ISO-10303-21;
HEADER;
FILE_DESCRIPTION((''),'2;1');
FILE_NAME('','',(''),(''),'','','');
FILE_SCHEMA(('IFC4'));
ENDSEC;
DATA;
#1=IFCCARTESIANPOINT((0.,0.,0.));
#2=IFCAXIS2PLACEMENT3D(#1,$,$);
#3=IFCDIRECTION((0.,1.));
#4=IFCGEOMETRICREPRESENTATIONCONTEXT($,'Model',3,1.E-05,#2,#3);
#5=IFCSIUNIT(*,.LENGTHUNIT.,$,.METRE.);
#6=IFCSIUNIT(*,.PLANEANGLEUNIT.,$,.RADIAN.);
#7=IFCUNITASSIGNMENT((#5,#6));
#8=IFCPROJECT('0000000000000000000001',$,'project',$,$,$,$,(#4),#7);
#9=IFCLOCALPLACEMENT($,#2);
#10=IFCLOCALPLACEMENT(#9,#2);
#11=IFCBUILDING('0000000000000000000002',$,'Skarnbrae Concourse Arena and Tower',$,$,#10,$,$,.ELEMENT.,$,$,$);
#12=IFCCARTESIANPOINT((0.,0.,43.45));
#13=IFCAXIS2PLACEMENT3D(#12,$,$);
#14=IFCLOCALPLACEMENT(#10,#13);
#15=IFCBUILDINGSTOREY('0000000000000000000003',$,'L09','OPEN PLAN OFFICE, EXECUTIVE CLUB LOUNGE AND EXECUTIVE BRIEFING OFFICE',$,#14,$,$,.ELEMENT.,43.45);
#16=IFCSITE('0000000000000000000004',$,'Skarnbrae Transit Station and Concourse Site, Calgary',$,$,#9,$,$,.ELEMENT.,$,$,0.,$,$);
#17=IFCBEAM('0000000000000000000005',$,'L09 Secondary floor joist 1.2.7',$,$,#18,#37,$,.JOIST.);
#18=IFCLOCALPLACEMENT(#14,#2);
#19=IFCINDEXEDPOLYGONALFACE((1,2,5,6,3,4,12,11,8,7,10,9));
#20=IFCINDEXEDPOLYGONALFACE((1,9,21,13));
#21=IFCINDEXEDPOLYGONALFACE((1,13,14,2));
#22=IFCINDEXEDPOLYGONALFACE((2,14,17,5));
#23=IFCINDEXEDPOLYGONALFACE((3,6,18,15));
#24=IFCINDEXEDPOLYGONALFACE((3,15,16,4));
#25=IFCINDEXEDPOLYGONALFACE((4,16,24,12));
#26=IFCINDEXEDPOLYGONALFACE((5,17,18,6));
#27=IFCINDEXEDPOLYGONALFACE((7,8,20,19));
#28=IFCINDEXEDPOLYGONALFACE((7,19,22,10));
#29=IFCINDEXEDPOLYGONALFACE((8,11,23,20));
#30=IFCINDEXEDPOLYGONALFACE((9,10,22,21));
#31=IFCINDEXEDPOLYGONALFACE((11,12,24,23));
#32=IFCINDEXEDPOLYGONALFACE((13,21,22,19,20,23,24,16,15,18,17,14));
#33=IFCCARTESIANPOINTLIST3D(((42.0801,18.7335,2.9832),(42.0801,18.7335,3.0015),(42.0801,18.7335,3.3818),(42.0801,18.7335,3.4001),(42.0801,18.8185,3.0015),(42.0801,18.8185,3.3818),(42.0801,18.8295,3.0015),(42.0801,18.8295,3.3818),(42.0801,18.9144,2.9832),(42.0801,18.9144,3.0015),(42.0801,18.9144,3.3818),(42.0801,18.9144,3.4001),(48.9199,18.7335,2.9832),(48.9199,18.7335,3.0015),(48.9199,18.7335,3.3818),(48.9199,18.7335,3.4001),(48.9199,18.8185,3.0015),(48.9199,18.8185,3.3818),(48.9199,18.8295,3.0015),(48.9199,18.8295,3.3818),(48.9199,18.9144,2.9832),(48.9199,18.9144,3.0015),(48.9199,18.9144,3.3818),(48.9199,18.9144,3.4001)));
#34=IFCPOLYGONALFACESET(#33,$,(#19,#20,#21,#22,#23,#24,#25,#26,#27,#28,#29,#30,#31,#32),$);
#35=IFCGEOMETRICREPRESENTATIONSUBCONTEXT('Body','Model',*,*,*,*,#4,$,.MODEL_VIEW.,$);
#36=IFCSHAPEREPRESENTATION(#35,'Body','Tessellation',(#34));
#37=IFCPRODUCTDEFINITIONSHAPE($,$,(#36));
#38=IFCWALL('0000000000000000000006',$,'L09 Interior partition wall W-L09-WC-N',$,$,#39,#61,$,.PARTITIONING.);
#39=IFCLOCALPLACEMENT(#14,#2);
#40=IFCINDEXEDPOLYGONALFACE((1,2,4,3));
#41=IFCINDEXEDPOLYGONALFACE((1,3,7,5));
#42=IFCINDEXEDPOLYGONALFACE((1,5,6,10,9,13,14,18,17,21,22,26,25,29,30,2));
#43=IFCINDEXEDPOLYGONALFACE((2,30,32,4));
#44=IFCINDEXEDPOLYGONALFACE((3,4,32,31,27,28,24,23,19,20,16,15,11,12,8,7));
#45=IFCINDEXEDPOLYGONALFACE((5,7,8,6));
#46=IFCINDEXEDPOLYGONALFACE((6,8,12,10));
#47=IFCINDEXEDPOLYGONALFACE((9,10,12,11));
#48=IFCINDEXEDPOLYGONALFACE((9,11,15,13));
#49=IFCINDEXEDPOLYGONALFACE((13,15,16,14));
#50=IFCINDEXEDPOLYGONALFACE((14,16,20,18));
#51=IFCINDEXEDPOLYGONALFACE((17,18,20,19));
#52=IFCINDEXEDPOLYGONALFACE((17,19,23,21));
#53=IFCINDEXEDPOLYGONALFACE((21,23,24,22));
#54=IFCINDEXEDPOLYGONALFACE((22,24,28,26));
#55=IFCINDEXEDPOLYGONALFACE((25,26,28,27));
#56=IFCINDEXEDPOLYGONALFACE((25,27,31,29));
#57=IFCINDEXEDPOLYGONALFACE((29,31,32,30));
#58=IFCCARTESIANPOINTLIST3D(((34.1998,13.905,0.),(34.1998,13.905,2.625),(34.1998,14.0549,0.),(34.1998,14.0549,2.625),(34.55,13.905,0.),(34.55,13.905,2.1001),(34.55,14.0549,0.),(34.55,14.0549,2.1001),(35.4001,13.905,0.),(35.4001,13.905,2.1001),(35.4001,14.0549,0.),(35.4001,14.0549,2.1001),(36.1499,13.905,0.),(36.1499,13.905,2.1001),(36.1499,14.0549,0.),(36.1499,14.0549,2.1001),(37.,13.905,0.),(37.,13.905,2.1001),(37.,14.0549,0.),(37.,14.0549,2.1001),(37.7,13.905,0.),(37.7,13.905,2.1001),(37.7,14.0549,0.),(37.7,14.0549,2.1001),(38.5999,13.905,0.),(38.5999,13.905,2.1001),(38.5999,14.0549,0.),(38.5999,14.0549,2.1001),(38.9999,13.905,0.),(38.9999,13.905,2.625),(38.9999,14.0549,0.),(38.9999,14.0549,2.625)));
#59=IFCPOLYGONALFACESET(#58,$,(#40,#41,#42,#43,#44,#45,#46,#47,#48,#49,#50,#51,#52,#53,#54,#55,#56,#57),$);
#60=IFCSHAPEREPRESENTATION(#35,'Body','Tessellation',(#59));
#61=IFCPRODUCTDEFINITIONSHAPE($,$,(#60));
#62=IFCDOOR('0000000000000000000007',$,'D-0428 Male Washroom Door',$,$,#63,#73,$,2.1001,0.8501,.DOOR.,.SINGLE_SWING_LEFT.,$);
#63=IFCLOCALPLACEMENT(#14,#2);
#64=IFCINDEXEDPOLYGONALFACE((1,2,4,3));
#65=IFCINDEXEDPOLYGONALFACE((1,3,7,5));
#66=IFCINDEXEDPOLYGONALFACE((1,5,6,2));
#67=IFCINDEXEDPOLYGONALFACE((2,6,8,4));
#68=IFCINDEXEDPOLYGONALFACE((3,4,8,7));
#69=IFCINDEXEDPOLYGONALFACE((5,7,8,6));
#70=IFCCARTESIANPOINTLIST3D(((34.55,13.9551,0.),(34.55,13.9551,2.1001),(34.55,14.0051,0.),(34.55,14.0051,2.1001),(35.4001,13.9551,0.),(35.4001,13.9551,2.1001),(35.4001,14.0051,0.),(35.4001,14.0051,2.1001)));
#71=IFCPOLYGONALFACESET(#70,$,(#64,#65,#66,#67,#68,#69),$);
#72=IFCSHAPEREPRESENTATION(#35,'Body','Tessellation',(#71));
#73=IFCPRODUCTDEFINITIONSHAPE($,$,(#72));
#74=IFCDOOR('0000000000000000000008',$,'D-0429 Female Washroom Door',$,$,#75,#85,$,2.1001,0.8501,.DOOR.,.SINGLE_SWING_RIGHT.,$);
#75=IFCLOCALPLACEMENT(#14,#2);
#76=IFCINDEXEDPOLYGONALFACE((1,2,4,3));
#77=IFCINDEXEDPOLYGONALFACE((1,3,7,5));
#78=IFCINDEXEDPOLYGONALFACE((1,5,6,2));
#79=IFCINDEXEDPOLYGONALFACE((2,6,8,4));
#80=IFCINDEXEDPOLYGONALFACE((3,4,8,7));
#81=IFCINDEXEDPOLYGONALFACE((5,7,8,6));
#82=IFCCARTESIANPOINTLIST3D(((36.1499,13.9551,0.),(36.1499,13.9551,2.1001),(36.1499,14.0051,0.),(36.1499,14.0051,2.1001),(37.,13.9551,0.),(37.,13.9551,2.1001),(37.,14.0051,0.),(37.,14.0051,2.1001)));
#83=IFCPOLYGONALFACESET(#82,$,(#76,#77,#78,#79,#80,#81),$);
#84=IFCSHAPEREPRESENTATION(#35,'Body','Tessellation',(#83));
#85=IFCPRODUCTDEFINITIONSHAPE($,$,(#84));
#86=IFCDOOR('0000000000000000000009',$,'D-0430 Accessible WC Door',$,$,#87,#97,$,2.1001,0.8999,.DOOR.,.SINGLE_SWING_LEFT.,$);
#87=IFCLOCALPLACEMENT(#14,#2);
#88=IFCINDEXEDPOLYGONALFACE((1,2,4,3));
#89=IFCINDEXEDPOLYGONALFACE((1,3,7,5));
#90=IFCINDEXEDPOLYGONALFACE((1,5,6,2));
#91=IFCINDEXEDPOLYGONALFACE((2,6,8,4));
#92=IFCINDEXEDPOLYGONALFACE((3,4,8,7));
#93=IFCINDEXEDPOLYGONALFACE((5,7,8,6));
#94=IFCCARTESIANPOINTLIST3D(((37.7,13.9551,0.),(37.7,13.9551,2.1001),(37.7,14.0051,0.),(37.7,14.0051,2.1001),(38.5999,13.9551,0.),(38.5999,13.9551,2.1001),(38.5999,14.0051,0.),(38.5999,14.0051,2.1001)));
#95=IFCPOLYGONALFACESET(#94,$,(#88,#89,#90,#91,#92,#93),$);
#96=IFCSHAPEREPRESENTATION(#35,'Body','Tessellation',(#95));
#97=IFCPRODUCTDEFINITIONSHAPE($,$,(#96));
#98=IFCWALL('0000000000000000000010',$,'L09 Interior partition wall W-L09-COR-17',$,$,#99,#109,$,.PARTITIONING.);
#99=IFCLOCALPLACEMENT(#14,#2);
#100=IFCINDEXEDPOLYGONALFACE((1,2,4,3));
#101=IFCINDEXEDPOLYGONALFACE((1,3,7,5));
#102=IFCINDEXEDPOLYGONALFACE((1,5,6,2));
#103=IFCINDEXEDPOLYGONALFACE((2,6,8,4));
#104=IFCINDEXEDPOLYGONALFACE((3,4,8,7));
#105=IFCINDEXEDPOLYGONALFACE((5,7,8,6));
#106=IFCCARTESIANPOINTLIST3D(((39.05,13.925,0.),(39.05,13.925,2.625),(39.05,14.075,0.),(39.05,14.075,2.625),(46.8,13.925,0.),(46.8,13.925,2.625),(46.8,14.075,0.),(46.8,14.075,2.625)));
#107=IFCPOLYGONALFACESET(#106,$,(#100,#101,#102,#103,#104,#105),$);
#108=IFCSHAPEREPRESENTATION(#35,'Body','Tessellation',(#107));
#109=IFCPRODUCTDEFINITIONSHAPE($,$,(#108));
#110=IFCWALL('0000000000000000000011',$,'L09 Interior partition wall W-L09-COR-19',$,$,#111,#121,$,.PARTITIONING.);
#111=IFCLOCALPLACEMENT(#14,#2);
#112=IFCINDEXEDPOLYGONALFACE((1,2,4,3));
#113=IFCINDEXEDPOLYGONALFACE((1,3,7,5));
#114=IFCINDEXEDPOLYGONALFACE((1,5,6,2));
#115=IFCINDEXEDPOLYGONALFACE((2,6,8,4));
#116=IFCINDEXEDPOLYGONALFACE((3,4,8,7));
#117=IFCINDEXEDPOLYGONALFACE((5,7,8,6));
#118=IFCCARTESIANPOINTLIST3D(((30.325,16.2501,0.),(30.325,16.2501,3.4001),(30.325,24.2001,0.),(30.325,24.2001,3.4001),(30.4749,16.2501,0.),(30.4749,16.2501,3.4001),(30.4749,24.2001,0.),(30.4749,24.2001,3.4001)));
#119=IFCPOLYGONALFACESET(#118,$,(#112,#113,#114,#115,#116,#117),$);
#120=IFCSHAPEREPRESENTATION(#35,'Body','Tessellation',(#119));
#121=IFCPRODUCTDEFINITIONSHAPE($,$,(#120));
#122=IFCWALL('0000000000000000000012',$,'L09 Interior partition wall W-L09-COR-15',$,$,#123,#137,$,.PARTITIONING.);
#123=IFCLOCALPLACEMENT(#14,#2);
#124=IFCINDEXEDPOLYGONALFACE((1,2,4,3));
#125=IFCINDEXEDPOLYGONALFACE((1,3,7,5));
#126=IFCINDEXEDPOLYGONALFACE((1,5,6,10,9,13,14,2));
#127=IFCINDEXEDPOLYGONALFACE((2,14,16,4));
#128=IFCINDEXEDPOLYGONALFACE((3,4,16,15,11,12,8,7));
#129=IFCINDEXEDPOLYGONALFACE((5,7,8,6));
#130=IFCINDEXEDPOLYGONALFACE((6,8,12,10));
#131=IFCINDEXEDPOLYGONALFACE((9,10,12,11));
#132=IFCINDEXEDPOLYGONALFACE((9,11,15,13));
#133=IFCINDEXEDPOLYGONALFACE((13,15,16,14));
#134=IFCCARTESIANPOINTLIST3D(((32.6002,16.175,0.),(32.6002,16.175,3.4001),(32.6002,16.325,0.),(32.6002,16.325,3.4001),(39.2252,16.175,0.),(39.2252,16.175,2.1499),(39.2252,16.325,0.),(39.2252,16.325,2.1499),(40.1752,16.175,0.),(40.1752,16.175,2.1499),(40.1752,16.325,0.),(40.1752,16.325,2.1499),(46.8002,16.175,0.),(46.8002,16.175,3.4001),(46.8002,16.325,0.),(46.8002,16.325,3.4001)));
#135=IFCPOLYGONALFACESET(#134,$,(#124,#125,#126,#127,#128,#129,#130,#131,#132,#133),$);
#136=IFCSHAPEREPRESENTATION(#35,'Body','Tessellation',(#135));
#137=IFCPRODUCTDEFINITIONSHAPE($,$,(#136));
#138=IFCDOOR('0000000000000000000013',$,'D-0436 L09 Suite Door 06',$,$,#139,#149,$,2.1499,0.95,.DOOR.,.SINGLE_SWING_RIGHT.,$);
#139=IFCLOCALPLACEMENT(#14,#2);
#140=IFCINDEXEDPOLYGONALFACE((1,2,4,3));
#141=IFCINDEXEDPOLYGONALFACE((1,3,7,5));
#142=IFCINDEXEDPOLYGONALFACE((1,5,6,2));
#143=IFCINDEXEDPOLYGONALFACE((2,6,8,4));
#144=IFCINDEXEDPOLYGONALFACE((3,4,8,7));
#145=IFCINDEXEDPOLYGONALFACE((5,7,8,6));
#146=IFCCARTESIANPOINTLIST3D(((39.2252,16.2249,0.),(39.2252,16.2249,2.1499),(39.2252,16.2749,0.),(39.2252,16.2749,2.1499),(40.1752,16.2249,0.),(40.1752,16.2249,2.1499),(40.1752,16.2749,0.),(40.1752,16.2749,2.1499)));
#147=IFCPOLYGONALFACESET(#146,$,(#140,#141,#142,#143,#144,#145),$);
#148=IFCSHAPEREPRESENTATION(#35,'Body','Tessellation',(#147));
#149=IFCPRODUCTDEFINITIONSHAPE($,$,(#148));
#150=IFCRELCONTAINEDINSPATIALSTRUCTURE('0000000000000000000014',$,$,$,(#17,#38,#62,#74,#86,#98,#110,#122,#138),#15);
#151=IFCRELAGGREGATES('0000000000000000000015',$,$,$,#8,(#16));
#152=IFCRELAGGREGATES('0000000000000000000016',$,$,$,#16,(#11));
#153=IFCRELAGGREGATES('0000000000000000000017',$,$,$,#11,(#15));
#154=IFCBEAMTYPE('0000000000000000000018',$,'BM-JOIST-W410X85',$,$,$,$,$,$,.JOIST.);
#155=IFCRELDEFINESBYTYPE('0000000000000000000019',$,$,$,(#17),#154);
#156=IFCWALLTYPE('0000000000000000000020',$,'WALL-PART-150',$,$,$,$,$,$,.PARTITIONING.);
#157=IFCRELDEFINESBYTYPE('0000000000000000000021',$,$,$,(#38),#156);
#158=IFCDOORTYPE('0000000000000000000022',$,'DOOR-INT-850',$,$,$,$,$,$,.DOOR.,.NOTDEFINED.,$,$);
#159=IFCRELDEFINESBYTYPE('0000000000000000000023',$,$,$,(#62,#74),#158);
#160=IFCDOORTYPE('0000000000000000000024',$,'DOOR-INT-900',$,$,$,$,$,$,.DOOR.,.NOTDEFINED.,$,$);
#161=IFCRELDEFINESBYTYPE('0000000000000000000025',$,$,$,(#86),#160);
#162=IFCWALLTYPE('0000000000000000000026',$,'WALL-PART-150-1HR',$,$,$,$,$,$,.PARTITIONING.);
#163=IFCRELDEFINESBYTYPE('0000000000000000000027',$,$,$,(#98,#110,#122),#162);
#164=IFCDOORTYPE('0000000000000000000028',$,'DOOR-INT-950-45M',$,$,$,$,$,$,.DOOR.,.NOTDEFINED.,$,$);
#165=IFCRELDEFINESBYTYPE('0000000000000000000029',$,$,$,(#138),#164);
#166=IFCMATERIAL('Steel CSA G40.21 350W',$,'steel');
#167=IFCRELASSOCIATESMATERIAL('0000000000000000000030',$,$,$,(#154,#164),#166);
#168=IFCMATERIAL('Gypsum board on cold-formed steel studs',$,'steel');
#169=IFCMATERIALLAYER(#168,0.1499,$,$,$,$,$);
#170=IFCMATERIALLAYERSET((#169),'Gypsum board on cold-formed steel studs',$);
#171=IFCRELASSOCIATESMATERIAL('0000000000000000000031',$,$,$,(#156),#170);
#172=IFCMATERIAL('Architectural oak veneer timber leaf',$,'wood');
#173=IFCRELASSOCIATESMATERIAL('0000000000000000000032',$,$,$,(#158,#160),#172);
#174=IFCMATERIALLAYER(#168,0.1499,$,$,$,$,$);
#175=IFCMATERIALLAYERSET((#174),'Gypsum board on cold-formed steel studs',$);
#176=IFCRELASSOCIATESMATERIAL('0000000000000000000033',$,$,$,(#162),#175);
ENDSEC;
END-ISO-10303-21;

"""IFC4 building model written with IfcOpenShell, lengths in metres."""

from ifc_helpers import new_model, si_unit, direction, frame, frame_2d, origin, origin_2d, place, context, subcontext, project, spatial, rectangle, i_section, extrude, source, transform, mapped, material, layer, layer_set, material_profile, profile_set, type_object, element, fill, save


model = new_model("IFC4")

# Units and contexts
model_context = context("Model", 3, precision=1e-05, world=origin(), true_north=direction((0.0, 1.0)))
body_context = subcontext(model_context, "Body", "Model", "MODEL_VIEW")
ifc_project = project(units=[si_unit("LENGTHUNIT", "METRE"), si_unit("PLANEANGLEUNIT", "RADIAN")], contexts=[model_context])

# Site, building, storey
site_placement = place(None, origin())
site = spatial("IfcSite", under=ifc_project, at=site_placement, Name="Skarnbrae Transit Station and Concourse Site, Calgary", CompositionType="ELEMENT", RefElevation=0.0)
building_placement = place(site_placement, origin())
building = spatial("IfcBuilding", under=site, at=building_placement, Name="Skarnbrae Concourse Arena and Tower", CompositionType="ELEMENT")
storey_placement = place(building_placement, frame((0.0, 0.0, 43.45)))
storey = spatial("IfcBuildingStorey", under=building, at=storey_placement, Name="L09", Description="OPEN PLAN OFFICE, EXECUTIVE CLUB LOUNGE AND EXECUTIVE BRIEFING OFFICE", CompositionType="ELEMENT", Elevation=43.45)

# Shared definitions
ifc_material_1 = material(Name="Steel CSA G40.21 350W", Category="steel")

# Beam
ifc_material_profile_1 = material_profile(ifc_material_1, i_section(OverallWidth=0.1809, OverallDepth=0.417, WebThickness=0.011, FlangeThickness=0.0183, at=origin_2d()), Name="W410X85")
ifc_profile_set_1 = profile_set([ifc_material_profile_1], Name="Steel CSA G40.21 350W")
beam_type_1 = type_object("IfcBeamType", Name="BM-JOIST-W410X85", PredefinedType="JOIST", material=ifc_profile_set_1)
shared_shape_1 = source(origin(), body_context, "Body", "SweptSolid", [
    extrude(i_section(OverallWidth=0.1809, OverallDepth=0.417, WebThickness=0.011, FlangeThickness=0.0183, at=origin_2d()), origin(), (0.0, 0.0, 1.0), 6.8398),
])
for number, where, z_axis, x_axis, name in (
    (1, (42.0801, 18.824, 3.1917), (1.0, 0.0, 0.0), (0.0, 1.0, 0.0), "L09 Secondary floor joist 1.2.7"),
):
    element("IfcBeam", number, at=place(storey_placement, frame(where, z_axis=z_axis, x_axis=x_axis)), inside=storey, type_object=beam_type_1, Name=name, PredefinedType="JOIST", context=body_context, shape_type="MappedRepresentation", body=[
        mapped(shared_shape_1, transform((0.0, 0.0, 0.0))),
    ])

# Wall, openings, doors
ifc_material_2 = material(Name="Gypsum board on cold-formed steel studs", Category="steel")
ifc_layer_1 = layer(ifc_material_2, 0.1499)
ifc_layer_set_1 = layer_set([ifc_layer_1], Name="Gypsum board on cold-formed steel studs")
wall_type_1 = type_object("IfcWallType", Name="WALL-PART-150", PredefinedType="PARTITIONING", material=ifc_layer_set_1)
shared_shape_2 = source(origin(), body_context, "Body", "SweptSolid", [
    extrude(rectangle(XDim=4.8, YDim=0.1499, at=frame_2d((2.3999, 0.0))), origin(), (0.0, 0.0, 1.0), 2.625),
])
wall_1_placement = place(storey_placement, frame((34.2, 13.98, 0.0), z_axis=(0.0, 0.0, 1.0), x_axis=(1.0, 0.0, 0.0)))
wall_1 = element("IfcWall", 2, at=wall_1_placement, inside=storey, type_object=wall_type_1, Name="L09 Interior partition wall W-L09-WC-N", PredefinedType="PARTITIONING", context=body_context, shape_type="MappedRepresentation", body=[
    mapped(shared_shape_2, transform((0.0, 0.0, 0.0))),
])
opening_1_placement = place(wall_1_placement, frame((0.3501, 0.0, 0.0)))
opening_1 = element("IfcOpeningElement", 3, at=opening_1_placement, cuts=wall_1, PredefinedType="OPENING", context=body_context, shape_type="SweptSolid", body=[
    extrude(rectangle(XDim=0.8501, YDim=2.1001, at=frame_2d((0.425, 1.05))), frame((0.0, 0.085, 0.0), z_axis=(0.0, -1.0, 0.0), x_axis=(1.0, 0.0, 0.0)), (0.0, 0.0, 1.0), 0.1699),
])
opening_2_placement = place(wall_1_placement, frame((1.95, 0.0, 0.0)))
opening_2 = element("IfcOpeningElement", 4, at=opening_2_placement, cuts=wall_1, PredefinedType="OPENING", context=body_context, shape_type="SweptSolid", body=[
    extrude(rectangle(XDim=0.8501, YDim=2.1001, at=frame_2d((0.425, 1.05))), frame((0.0, 0.085, 0.0), z_axis=(0.0, -1.0, 0.0), x_axis=(1.0, 0.0, 0.0)), (0.0, 0.0, 1.0), 0.1699),
])
opening_3_placement = place(wall_1_placement, frame((3.5, 0.0, 0.0)))
opening_3 = element("IfcOpeningElement", 5, at=opening_3_placement, cuts=wall_1, PredefinedType="OPENING", context=body_context, shape_type="SweptSolid", body=[
    extrude(rectangle(XDim=0.8999, YDim=2.1001, at=frame_2d((0.45, 1.05))), frame((0.0, 0.085, 0.0), z_axis=(0.0, -1.0, 0.0), x_axis=(1.0, 0.0, 0.0)), (0.0, 0.0, 1.0), 0.1699),
])
ifc_material_3 = material(Name="Architectural oak veneer timber leaf", Category="wood")
door_type_1 = type_object("IfcDoorType", Name="DOOR-INT-850", OperationType="NOTDEFINED", PredefinedType="DOOR", material=ifc_material_3)
shared_shape_3 = source(origin(), body_context, "Body", "SweptSolid", [
    extrude(rectangle(XDim=0.8501, YDim=2.1001, at=frame_2d((0.425, 1.05))), frame((0.0, 0.0249, 0.0), z_axis=(0.0, -1.0, 0.0), x_axis=(1.0, 0.0, 0.0)), (0.0, 0.0, 1.0), 0.05),
])
door_1_placement = place(opening_1_placement, frame((0.8501, 0.0, 0.0), z_axis=(0.0, 0.0, 1.0), x_axis=(-1.0, 0.0, 0.0)))
door_1 = element("IfcDoor", 6, at=door_1_placement, inside=storey, type_object=door_type_1, Name="D-0428 Male Washroom Door", OperationType="SINGLE_SWING_LEFT", OverallHeight=2.1001, OverallWidth=0.8501, PredefinedType="DOOR", context=body_context, shape_type="MappedRepresentation", body=[
    mapped(shared_shape_3, transform((0.0, 0.0, 0.0))),
])
fill(opening_1, door_1)
door_2_placement = place(opening_2_placement, frame((0.8501, 0.0, 0.0), z_axis=(0.0, 0.0, 1.0), x_axis=(-1.0, 0.0, 0.0)))
door_2 = element("IfcDoor", 7, at=door_2_placement, inside=storey, type_object=door_type_1, Name="D-0429 Female Washroom Door", OperationType="SINGLE_SWING_RIGHT", OverallHeight=2.1001, OverallWidth=0.8501, PredefinedType="DOOR", context=body_context, shape_type="MappedRepresentation", body=[
    mapped(shared_shape_3, transform((0.0, 0.0, 0.0))),
])
fill(opening_2, door_2)
door_type_2 = type_object("IfcDoorType", Name="DOOR-INT-900", OperationType="NOTDEFINED", PredefinedType="DOOR", material=ifc_material_3)
shared_shape_4 = source(origin(), body_context, "Body", "SweptSolid", [
    extrude(rectangle(XDim=0.8999, YDim=2.1001, at=frame_2d((0.45, 1.05))), frame((0.0, 0.0249, 0.0), z_axis=(0.0, -1.0, 0.0), x_axis=(1.0, 0.0, 0.0)), (0.0, 0.0, 1.0), 0.05),
])
door_3_placement = place(opening_3_placement, frame((0.8999, 0.0, 0.0), z_axis=(0.0, 0.0, 1.0), x_axis=(-1.0, 0.0, 0.0)))
door_3 = element("IfcDoor", 8, at=door_3_placement, inside=storey, type_object=door_type_2, Name="D-0430 Accessible WC Door", OperationType="SINGLE_SWING_LEFT", OverallHeight=2.1001, OverallWidth=0.8999, PredefinedType="DOOR", context=body_context, shape_type="MappedRepresentation", body=[
    mapped(shared_shape_4, transform((0.0, 0.0, 0.0))),
])
fill(opening_3, door_3)

# Walls
ifc_layer_2 = layer(ifc_material_2, 0.1499)
ifc_layer_set_2 = layer_set([ifc_layer_2], Name="Gypsum board on cold-formed steel studs")
wall_type_2 = type_object("IfcWallType", Name="WALL-PART-150-1HR", PredefinedType="PARTITIONING", material=ifc_layer_set_2)
shared_shape_5 = source(origin(), body_context, "Body", "SweptSolid", [
    extrude(rectangle(XDim=7.75, YDim=0.1499, at=frame_2d((3.875, 0.0))), origin(), (0.0, 0.0, 1.0), 2.625),
])
wall_2_placement = place(storey_placement, frame((46.8, 14.0, 0.0), z_axis=(0.0, 0.0, 1.0), x_axis=(-1.0, 0.0, 0.0)))
element("IfcWall", 9, at=wall_2_placement, inside=storey, type_object=wall_type_2, Name="L09 Interior partition wall W-L09-COR-17", PredefinedType="PARTITIONING", context=body_context, shape_type="MappedRepresentation", body=[
    mapped(shared_shape_5, transform((0.0, 0.0, 0.0))),
])
shared_shape_6 = source(origin(), body_context, "Body", "SweptSolid", [
    extrude(rectangle(XDim=7.95, YDim=0.1499, at=frame_2d((3.9751, 0.0))), origin(), (0.0, 0.0, 1.0), 3.4001),
])
wall_3_placement = place(storey_placement, frame((30.3999, 16.25, 0.0), z_axis=(0.0, 0.0, 1.0), x_axis=(0.0, 1.0, 0.0)))
element("IfcWall", 10, at=wall_3_placement, inside=storey, type_object=wall_type_2, Name="L09 Interior partition wall W-L09-COR-19", PredefinedType="PARTITIONING", context=body_context, shape_type="MappedRepresentation", body=[
    mapped(shared_shape_6, transform((0.0, 0.0, 0.0))),
])

# Wall, opening, door
shared_shape_7 = source(origin(), body_context, "Body", "SweptSolid", [
    extrude(rectangle(XDim=14.2, YDim=0.1499, at=frame_2d((7.1001, 0.0))), origin(), (0.0, 0.0, 1.0), 3.4001),
])
wall_4_placement = place(storey_placement, frame((32.6001, 16.25, 0.0), z_axis=(0.0, 0.0, 1.0), x_axis=(1.0, 0.0, 0.0)))
wall_4 = element("IfcWall", 11, at=wall_4_placement, inside=storey, type_object=wall_type_2, Name="L09 Interior partition wall W-L09-COR-15", PredefinedType="PARTITIONING", context=body_context, shape_type="MappedRepresentation", body=[
    mapped(shared_shape_7, transform((0.0, 0.0, 0.0))),
])
opening_4_placement = place(wall_4_placement, frame((6.625, 0.0, 0.0)))
opening_4 = element("IfcOpeningElement", 12, at=opening_4_placement, cuts=wall_4, PredefinedType="OPENING", context=body_context, shape_type="SweptSolid", body=[
    extrude(rectangle(XDim=0.95, YDim=2.1499, at=frame_2d((0.4751, 1.075))), frame((0.0, 0.085, 0.0), z_axis=(0.0, -1.0, 0.0), x_axis=(1.0, 0.0, 0.0)), (0.0, 0.0, 1.0), 0.1699),
])
door_type_3 = type_object("IfcDoorType", Name="DOOR-INT-950-45M", OperationType="NOTDEFINED", PredefinedType="DOOR", material=ifc_material_1)
shared_shape_8 = source(origin(), body_context, "Body", "SweptSolid", [
    extrude(rectangle(XDim=0.95, YDim=2.1499, at=frame_2d((0.4751, 1.075))), frame((0.0, 0.0249, 0.0), z_axis=(0.0, -1.0, 0.0), x_axis=(1.0, 0.0, 0.0)), (0.0, 0.0, 1.0), 0.05),
])
door_4_placement = place(opening_4_placement, origin())
door_4 = element("IfcDoor", 13, at=door_4_placement, inside=storey, type_object=door_type_3, Name="D-0436 L09 Suite Door 06", OperationType="SINGLE_SWING_RIGHT", OverallHeight=2.1499, OverallWidth=0.95, PredefinedType="DOOR", context=body_context, shape_type="MappedRepresentation", body=[
    mapped(shared_shape_8, transform((0.0, 0.0, 0.0))),
])
fill(opening_4, door_4)

save(model, "model.ifc")
